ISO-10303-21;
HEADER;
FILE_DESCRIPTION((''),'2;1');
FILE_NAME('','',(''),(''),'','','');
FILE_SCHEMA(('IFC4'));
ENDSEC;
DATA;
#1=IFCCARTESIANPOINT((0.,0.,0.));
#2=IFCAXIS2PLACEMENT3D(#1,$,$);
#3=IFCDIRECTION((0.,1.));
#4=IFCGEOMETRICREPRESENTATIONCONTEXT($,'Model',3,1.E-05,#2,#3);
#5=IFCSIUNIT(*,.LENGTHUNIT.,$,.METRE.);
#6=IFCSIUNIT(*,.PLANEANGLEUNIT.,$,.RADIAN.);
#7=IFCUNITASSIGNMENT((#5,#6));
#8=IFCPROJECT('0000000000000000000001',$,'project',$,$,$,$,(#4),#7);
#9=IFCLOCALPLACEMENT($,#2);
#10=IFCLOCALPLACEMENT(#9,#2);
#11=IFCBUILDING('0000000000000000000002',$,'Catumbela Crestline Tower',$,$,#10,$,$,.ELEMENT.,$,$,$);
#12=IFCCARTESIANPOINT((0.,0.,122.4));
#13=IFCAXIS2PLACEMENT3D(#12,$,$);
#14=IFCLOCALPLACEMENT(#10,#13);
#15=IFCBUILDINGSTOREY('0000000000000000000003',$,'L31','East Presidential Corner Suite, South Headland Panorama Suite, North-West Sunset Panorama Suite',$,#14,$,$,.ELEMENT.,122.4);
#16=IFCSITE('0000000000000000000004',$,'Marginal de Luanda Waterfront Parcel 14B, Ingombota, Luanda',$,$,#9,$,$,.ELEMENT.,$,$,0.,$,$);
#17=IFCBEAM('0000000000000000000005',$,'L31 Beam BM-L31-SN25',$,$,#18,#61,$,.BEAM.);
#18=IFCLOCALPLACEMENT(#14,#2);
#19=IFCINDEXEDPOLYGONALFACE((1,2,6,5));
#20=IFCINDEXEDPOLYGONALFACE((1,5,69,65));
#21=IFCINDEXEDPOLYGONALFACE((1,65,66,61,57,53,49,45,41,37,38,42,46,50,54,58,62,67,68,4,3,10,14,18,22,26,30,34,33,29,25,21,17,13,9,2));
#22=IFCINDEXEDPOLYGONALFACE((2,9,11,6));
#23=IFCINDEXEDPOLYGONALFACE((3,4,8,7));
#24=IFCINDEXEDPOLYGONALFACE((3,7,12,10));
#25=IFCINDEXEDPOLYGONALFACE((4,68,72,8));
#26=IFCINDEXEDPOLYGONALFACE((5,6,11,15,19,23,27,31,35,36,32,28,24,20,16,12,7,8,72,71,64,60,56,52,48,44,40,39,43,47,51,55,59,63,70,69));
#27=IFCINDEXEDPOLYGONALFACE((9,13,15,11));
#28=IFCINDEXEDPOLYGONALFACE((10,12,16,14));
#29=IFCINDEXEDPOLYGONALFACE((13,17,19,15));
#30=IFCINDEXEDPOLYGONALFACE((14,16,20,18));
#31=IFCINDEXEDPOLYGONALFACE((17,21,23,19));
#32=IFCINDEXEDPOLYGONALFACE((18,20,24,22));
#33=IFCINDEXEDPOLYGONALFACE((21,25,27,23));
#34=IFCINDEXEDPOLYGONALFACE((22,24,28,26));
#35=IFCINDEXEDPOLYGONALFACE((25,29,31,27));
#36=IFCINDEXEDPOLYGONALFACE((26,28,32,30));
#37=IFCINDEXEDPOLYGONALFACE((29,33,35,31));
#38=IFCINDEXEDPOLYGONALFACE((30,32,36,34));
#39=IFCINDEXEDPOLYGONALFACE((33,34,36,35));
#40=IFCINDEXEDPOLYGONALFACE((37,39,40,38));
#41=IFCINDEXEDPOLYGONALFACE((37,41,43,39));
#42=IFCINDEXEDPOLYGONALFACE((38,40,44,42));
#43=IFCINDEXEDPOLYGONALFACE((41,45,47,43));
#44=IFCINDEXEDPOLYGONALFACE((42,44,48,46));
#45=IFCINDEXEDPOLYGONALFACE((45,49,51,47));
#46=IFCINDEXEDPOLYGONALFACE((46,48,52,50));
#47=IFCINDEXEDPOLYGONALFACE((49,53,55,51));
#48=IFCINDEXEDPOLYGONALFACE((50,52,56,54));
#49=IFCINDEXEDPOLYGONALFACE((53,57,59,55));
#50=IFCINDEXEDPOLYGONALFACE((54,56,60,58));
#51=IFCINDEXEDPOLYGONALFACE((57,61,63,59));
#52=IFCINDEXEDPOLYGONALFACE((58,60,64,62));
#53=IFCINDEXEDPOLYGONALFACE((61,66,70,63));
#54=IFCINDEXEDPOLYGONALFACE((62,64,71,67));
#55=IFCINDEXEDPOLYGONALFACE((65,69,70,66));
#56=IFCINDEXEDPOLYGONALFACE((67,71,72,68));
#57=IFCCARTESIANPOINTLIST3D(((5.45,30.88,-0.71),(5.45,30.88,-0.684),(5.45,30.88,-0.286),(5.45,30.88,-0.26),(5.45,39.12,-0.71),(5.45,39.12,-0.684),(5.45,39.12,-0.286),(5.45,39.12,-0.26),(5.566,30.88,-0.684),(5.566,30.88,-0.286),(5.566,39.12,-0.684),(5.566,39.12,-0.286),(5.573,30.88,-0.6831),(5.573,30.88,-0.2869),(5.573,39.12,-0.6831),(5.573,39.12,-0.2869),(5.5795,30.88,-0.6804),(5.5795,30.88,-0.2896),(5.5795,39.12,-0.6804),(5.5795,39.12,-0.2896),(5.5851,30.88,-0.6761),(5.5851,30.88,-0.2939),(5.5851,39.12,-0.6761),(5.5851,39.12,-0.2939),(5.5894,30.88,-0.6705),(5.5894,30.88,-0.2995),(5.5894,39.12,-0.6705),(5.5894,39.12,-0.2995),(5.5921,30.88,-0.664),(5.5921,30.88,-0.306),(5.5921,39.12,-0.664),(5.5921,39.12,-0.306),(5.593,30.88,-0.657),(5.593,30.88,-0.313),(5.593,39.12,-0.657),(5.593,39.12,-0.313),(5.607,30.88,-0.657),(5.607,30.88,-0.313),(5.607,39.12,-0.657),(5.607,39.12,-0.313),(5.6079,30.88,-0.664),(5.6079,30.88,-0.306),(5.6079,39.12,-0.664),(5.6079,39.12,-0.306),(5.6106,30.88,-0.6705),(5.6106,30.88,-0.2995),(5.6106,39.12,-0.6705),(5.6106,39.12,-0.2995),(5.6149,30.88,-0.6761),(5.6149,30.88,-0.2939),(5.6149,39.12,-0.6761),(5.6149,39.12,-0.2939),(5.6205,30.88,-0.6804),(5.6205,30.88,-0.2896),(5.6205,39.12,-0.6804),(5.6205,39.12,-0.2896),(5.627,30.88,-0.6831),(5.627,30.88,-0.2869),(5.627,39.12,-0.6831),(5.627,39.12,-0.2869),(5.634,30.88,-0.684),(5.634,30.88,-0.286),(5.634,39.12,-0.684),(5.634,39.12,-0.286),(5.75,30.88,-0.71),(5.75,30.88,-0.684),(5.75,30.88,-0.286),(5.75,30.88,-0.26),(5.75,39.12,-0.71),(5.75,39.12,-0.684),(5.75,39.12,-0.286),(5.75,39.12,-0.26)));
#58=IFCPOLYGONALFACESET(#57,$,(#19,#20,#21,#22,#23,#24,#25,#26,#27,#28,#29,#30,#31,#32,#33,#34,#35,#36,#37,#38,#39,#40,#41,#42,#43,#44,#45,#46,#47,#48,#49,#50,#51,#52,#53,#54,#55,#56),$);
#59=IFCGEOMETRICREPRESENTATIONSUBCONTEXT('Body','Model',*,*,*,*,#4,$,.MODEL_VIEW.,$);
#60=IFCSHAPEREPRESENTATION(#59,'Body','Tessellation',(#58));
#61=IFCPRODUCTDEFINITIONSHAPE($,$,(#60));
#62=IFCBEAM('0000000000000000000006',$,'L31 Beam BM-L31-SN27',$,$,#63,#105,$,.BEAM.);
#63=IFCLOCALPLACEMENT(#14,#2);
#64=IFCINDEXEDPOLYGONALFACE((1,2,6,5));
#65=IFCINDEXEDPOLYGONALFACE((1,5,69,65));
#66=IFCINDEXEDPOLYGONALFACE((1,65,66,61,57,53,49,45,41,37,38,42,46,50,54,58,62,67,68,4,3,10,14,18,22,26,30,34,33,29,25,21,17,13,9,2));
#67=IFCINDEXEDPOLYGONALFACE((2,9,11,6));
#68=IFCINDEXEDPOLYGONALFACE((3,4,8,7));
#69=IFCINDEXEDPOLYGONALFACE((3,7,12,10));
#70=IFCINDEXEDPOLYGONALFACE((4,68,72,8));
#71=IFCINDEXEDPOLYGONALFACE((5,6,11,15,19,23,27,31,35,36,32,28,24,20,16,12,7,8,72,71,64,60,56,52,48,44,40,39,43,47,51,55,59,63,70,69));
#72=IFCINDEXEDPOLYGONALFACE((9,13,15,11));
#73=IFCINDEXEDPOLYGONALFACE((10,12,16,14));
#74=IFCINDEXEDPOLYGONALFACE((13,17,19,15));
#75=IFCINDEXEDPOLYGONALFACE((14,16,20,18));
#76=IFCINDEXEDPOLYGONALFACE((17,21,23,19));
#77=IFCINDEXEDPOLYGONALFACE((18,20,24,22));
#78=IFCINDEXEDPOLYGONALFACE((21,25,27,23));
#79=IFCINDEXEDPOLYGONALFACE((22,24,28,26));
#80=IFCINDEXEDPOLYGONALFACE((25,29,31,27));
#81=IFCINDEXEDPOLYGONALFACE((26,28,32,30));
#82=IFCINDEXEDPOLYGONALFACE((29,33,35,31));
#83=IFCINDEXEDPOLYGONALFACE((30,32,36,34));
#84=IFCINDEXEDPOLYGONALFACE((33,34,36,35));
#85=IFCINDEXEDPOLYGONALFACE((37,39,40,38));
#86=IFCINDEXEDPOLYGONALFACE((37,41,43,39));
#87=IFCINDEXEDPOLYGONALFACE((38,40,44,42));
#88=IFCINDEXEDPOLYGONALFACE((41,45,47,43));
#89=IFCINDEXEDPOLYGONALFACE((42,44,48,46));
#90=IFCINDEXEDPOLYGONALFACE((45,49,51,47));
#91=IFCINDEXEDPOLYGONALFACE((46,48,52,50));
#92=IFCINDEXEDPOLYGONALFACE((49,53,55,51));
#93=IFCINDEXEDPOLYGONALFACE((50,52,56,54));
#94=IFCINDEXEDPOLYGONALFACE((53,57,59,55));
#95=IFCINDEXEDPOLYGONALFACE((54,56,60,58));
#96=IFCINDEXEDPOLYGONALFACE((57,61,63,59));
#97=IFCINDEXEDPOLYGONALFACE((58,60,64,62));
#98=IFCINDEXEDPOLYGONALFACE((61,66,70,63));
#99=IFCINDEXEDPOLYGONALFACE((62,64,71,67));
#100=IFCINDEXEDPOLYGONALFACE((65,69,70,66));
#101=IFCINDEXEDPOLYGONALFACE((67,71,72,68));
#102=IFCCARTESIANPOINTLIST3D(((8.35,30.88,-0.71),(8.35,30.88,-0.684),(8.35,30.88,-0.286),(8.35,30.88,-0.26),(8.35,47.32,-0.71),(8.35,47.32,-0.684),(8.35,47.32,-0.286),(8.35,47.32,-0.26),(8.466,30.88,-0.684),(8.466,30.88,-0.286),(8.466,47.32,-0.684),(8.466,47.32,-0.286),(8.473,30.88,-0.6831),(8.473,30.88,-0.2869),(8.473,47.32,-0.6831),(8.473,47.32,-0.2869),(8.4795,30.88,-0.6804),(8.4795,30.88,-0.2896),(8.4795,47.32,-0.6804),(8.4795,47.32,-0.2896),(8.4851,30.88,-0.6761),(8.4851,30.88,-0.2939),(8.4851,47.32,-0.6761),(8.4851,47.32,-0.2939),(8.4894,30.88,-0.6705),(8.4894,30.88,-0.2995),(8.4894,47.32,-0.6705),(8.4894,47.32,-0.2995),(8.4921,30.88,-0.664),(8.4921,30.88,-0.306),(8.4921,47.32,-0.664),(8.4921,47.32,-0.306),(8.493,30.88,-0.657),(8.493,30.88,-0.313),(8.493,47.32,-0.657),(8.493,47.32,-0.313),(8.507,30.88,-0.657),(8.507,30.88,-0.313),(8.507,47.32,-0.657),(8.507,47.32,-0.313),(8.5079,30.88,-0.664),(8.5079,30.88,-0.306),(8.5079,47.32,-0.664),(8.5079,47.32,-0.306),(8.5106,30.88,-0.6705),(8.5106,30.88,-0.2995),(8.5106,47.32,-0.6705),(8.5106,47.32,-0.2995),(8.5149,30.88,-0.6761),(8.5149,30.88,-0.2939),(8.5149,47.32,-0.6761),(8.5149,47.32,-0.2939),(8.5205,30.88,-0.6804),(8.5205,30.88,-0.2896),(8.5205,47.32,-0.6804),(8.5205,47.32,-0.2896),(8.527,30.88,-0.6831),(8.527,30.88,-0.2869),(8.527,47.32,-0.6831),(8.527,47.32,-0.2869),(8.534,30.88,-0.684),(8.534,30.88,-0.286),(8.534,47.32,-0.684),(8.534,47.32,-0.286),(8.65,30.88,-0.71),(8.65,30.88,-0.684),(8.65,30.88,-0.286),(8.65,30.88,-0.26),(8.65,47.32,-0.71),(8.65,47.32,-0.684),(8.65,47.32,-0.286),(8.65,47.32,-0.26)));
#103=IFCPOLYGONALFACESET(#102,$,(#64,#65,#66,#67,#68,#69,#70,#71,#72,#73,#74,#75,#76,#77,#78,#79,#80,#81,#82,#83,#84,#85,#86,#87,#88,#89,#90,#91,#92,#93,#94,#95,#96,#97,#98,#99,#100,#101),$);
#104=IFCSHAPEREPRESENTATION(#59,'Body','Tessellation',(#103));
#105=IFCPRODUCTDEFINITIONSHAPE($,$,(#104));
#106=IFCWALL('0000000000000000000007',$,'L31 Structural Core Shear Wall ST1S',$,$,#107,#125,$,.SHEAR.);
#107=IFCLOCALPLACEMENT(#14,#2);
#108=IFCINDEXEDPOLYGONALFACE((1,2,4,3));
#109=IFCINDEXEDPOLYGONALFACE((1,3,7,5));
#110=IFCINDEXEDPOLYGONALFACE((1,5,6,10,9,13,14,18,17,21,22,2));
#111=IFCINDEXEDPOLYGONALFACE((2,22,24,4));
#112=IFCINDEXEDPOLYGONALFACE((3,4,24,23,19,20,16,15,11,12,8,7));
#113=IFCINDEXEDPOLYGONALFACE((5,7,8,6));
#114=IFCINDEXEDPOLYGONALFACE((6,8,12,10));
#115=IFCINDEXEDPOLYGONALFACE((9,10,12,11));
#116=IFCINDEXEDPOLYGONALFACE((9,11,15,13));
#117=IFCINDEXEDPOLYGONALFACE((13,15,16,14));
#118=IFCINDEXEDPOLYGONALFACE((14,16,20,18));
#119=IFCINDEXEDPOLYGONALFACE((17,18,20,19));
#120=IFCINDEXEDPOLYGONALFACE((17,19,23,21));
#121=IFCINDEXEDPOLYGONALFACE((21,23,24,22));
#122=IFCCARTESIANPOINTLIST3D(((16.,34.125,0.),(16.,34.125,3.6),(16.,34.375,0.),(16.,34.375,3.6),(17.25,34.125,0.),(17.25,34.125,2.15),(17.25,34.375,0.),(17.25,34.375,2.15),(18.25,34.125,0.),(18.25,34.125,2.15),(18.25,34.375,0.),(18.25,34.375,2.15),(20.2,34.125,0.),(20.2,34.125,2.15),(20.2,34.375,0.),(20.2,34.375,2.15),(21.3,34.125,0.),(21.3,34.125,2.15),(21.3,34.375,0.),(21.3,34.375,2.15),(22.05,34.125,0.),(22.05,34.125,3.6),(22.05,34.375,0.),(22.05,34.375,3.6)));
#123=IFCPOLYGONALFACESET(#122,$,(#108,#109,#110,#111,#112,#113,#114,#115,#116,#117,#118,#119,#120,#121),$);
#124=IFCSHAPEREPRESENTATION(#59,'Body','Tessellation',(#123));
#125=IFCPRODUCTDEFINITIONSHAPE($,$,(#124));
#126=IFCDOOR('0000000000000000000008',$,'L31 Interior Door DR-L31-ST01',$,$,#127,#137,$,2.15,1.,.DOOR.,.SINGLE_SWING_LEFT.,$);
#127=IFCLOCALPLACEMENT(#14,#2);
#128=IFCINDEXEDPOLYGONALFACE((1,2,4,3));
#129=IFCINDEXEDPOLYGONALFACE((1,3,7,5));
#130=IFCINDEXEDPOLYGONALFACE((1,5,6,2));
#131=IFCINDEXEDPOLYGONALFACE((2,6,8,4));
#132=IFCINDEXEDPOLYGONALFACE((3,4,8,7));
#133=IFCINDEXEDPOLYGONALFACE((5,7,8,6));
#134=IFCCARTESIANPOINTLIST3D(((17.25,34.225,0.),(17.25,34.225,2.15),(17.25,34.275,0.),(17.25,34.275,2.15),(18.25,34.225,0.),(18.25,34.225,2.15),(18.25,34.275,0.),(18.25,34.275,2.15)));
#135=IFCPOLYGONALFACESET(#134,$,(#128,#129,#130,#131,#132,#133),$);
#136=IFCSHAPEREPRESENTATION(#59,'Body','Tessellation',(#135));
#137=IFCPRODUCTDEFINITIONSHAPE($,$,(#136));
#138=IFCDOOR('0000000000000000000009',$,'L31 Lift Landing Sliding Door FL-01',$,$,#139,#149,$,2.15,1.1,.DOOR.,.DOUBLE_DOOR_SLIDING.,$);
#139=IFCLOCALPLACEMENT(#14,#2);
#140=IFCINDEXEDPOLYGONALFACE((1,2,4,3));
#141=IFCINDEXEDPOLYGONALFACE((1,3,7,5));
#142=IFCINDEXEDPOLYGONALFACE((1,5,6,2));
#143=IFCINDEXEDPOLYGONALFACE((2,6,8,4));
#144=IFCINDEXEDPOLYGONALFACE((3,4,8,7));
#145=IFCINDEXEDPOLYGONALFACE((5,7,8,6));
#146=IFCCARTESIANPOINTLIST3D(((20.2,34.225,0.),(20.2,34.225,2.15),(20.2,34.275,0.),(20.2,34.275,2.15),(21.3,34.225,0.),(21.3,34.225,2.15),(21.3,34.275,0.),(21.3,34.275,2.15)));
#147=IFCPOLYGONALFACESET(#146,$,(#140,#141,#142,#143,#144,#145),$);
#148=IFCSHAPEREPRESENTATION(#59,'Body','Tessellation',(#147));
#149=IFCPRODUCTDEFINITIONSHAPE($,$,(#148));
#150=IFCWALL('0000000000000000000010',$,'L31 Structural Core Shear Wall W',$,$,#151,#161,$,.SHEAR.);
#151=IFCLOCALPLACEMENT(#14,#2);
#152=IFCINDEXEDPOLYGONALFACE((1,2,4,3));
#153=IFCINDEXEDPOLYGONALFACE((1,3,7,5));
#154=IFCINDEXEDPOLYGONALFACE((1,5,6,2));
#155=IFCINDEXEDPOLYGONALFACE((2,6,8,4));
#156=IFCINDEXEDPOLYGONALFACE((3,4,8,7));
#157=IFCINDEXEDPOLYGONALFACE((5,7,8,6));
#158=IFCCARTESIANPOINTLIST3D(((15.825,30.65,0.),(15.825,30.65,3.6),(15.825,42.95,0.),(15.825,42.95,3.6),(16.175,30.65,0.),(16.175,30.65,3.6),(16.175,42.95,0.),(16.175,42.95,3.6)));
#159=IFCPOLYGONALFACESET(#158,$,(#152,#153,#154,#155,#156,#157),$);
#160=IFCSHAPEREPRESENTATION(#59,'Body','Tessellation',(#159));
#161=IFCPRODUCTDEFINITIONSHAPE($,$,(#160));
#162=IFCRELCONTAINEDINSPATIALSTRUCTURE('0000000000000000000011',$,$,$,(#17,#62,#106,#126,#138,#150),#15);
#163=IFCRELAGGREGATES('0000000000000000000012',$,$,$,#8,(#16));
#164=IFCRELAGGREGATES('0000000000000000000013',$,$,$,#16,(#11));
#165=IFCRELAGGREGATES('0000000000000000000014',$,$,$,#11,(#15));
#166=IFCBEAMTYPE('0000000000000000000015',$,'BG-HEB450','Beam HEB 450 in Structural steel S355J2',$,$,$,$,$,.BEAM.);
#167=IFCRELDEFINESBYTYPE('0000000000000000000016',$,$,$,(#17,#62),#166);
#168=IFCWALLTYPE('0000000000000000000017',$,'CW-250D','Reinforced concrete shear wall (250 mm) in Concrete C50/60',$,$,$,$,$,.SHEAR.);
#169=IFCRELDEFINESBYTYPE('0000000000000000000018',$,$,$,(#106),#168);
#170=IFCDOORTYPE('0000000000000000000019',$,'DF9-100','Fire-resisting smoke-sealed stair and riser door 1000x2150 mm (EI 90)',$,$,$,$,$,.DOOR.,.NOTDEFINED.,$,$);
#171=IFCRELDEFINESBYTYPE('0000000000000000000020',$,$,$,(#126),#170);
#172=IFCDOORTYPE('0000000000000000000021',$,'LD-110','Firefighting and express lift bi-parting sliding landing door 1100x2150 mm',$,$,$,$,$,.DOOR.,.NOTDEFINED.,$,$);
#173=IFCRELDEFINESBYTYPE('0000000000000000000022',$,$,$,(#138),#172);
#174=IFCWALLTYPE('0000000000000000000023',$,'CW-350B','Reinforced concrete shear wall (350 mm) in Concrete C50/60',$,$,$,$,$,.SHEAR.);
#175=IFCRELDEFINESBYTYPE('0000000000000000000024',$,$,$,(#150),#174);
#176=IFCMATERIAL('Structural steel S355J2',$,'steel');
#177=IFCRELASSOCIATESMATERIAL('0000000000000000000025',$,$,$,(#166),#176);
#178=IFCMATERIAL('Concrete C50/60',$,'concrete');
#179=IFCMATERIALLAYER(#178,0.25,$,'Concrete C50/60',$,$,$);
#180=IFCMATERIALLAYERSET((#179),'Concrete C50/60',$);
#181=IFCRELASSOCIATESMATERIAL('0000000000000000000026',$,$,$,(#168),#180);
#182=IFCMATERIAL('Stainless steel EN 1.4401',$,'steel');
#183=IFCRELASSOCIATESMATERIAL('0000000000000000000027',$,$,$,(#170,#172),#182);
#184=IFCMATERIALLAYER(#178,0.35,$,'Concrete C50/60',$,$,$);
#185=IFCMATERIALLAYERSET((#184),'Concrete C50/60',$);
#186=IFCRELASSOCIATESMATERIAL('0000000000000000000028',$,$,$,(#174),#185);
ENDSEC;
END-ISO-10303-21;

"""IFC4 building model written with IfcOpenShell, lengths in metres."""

from ifc_helpers import new_model, si_unit, direction, frame, frame_2d, origin, origin_2d, place, context, subcontext, project, spatial, rectangle, i_section, extrude, material, layer, layer_set, material_profile, profile_set, type_object, element, fill, save


model = new_model("IFC4")

# Units and contexts
model_context = context("Model", 3, precision=1e-05, world=origin(), true_north=direction((0.0, 1.0)))
body_context = subcontext(model_context, "Body", "Model", "MODEL_VIEW")
ifc_project = project(units=[si_unit("LENGTHUNIT", "METRE"), si_unit("PLANEANGLEUNIT", "RADIAN")], contexts=[model_context])

# Site, building, storey
site_placement = place(None, origin())
site = spatial("IfcSite", under=ifc_project, at=site_placement, Name="Marginal de Luanda Waterfront Parcel 14B, Ingombota, Luanda", CompositionType="ELEMENT", RefElevation=0.0)
building_placement = place(site_placement, origin())
building = spatial("IfcBuilding", under=site, at=building_placement, Name="Catumbela Crestline Tower", CompositionType="ELEMENT")
storey_placement = place(building_placement, frame((0.0, 0.0, 122.4)))
storey = spatial("IfcBuildingStorey", under=building, at=storey_placement, Name="L31", Description="East Presidential Corner Suite, South Headland Panorama Suite, North-West Sunset Panorama Suite", CompositionType="ELEMENT", Elevation=122.4)

# Beams
ifc_material_1 = material(Name="Structural steel S355J2", Category="steel")
ifc_material_profile_1 = material_profile(ifc_material_1, i_section(OverallWidth=0.3, OverallDepth=0.45, WebThickness=0.014, FlangeThickness=0.026, FilletRadius=0.027, at=origin_2d()), Name="HEB 450")
ifc_profile_set_1 = profile_set([ifc_material_profile_1], Name="Structural steel S355J2")
beam_type = type_object("IfcBeamType", Name="BG-HEB450", Description="Beam HEB 450 in Structural steel S355J2", PredefinedType="BEAM", material=ifc_profile_set_1)
beam_1_placement = place(storey_placement, frame((5.6, 30.88, -0.485), z_axis=(0.0, 1.0, 0.0), x_axis=(-1.0, 0.0, 0.0)))
element("IfcBeam", 1, at=beam_1_placement, inside=storey, type_object=beam_type, Name="L31 Beam BM-L31-SN25", PredefinedType="BEAM", context=body_context, shape_type="SweptSolid", body=[
    extrude(i_section(OverallWidth=0.3, OverallDepth=0.45, WebThickness=0.014, FlangeThickness=0.026, FilletRadius=0.027, at=origin_2d()), origin(), (0.0, 0.0, 1.0), 8.24),
])
beam_2_placement = place(storey_placement, frame((8.5, 30.88, -0.485), z_axis=(0.0, 1.0, 0.0), x_axis=(-1.0, 0.0, 0.0)))
element("IfcBeam", 2, at=beam_2_placement, inside=storey, type_object=beam_type, Name="L31 Beam BM-L31-SN27", PredefinedType="BEAM", context=body_context, shape_type="SweptSolid", body=[
    extrude(i_section(OverallWidth=0.3, OverallDepth=0.45, WebThickness=0.014, FlangeThickness=0.026, FilletRadius=0.027, at=origin_2d()), origin(), (0.0, 0.0, 1.0), 16.44),
])

# Wall, openings, doors
ifc_material_2 = material(Name="Concrete C50/60", Category="concrete")
ifc_layer_1 = layer(ifc_material_2, 0.25, Name="Concrete C50/60")
ifc_layer_set_1 = layer_set([ifc_layer_1], Name="Concrete C50/60")
wall_type_1 = type_object("IfcWallType", Name="CW-250D", Description="Reinforced concrete shear wall (250 mm) in Concrete C50/60", PredefinedType="SHEAR", material=ifc_layer_set_1)
wall_1_placement = place(storey_placement, frame((16.0, 34.25, 0.0), z_axis=(0.0, 0.0, 1.0), x_axis=(1.0, 0.0, 0.0)))
wall_1 = element("IfcWall", 3, at=wall_1_placement, inside=storey, type_object=wall_type_1, Name="L31 Structural Core Shear Wall ST1S", PredefinedType="SHEAR", context=body_context, shape_type="SweptSolid", body=[
    extrude(rectangle(XDim=6.05, YDim=0.25, at=frame_2d((3.025, 0.0))), origin(), (0.0, 0.0, 1.0), 3.6),
])
opening_1_placement = place(wall_1_placement, frame((1.25, 0.0, 0.0)))
opening_1 = element("IfcOpeningElement", 4, at=opening_1_placement, cuts=wall_1, PredefinedType="OPENING", context=body_context, shape_type="SweptSolid", body=[
    extrude(rectangle(XDim=1.0, YDim=2.15, at=frame_2d((0.5, 1.075))), frame((0.0, 0.135, 0.0), z_axis=(0.0, -1.0, 0.0), x_axis=(1.0, 0.0, 0.0)), (0.0, 0.0, 1.0), 0.27),
])
opening_2_placement = place(wall_1_placement, frame((4.2, 0.0, 0.0)))
opening_2 = element("IfcOpeningElement", 5, at=opening_2_placement, cuts=wall_1, PredefinedType="OPENING", context=body_context, shape_type="SweptSolid", body=[
    extrude(rectangle(XDim=1.1, YDim=2.15, at=frame_2d((0.55, 1.075))), frame((0.0, 0.135, 0.0), z_axis=(0.0, -1.0, 0.0), x_axis=(1.0, 0.0, 0.0)), (0.0, 0.0, 1.0), 0.27),
])
ifc_material_3 = material(Name="Stainless steel EN 1.4401", Category="steel")
door_type_1 = type_object("IfcDoorType", Name="DF9-100", Description="Fire-resisting smoke-sealed stair and riser door 1000x2150 mm (EI 90)", OperationType="NOTDEFINED", PredefinedType="DOOR", material=ifc_material_3)
door_1_placement = place(opening_1_placement, origin())
door_1 = element("IfcDoor", 6, at=door_1_placement, inside=storey, type_object=door_type_1, Name="L31 Interior Door DR-L31-ST01", OperationType="SINGLE_SWING_LEFT", OverallHeight=2.15, OverallWidth=1.0, PredefinedType="DOOR", context=body_context, shape_type="SweptSolid", body=[
    extrude(rectangle(XDim=1.0, YDim=2.15, at=frame_2d((0.5, 1.075))), frame((0.0, 0.025, 0.0), z_axis=(0.0, -1.0, 0.0), x_axis=(1.0, 0.0, 0.0)), (0.0, 0.0, 1.0), 0.05),
])
fill(opening_1, door_1)
door_type_2 = type_object("IfcDoorType", Name="LD-110", Description="Firefighting and express lift bi-parting sliding landing door 1100x2150 mm", OperationType="NOTDEFINED", PredefinedType="DOOR", material=ifc_material_3)
door_2_placement = place(opening_2_placement, origin())
door_2 = element("IfcDoor", 7, at=door_2_placement, inside=storey, type_object=door_type_2, Name="L31 Lift Landing Sliding Door FL-01", OperationType="DOUBLE_DOOR_SLIDING", OverallHeight=2.15, OverallWidth=1.1, PredefinedType="DOOR", context=body_context, shape_type="SweptSolid", body=[
    extrude(rectangle(XDim=1.1, YDim=2.15, at=frame_2d((0.55, 1.075))), frame((0.0, 0.025, 0.0), z_axis=(0.0, -1.0, 0.0), x_axis=(1.0, 0.0, 0.0)), (0.0, 0.0, 1.0), 0.05),
])
fill(opening_2, door_2)

# Wall
ifc_layer_2 = layer(ifc_material_2, 0.35, Name="Concrete C50/60")
ifc_layer_set_2 = layer_set([ifc_layer_2], Name="Concrete C50/60")
wall_type_2 = type_object("IfcWallType", Name="CW-350B", Description="Reinforced concrete shear wall (350 mm) in Concrete C50/60", PredefinedType="SHEAR", material=ifc_layer_set_2)
wall_2_placement = place(storey_placement, frame((16.0, 30.65, 0.0), z_axis=(0.0, 0.0, 1.0), x_axis=(0.0, 1.0, 0.0)))
element("IfcWall", 8, at=wall_2_placement, inside=storey, type_object=wall_type_2, Name="L31 Structural Core Shear Wall W", PredefinedType="SHEAR", context=body_context, shape_type="SweptSolid", body=[
    extrude(rectangle(XDim=12.3, YDim=0.35, at=frame_2d((6.15, 0.0))), origin(), (0.0, 0.0, 1.0), 3.6),
])

save(model, "model.ifc")
